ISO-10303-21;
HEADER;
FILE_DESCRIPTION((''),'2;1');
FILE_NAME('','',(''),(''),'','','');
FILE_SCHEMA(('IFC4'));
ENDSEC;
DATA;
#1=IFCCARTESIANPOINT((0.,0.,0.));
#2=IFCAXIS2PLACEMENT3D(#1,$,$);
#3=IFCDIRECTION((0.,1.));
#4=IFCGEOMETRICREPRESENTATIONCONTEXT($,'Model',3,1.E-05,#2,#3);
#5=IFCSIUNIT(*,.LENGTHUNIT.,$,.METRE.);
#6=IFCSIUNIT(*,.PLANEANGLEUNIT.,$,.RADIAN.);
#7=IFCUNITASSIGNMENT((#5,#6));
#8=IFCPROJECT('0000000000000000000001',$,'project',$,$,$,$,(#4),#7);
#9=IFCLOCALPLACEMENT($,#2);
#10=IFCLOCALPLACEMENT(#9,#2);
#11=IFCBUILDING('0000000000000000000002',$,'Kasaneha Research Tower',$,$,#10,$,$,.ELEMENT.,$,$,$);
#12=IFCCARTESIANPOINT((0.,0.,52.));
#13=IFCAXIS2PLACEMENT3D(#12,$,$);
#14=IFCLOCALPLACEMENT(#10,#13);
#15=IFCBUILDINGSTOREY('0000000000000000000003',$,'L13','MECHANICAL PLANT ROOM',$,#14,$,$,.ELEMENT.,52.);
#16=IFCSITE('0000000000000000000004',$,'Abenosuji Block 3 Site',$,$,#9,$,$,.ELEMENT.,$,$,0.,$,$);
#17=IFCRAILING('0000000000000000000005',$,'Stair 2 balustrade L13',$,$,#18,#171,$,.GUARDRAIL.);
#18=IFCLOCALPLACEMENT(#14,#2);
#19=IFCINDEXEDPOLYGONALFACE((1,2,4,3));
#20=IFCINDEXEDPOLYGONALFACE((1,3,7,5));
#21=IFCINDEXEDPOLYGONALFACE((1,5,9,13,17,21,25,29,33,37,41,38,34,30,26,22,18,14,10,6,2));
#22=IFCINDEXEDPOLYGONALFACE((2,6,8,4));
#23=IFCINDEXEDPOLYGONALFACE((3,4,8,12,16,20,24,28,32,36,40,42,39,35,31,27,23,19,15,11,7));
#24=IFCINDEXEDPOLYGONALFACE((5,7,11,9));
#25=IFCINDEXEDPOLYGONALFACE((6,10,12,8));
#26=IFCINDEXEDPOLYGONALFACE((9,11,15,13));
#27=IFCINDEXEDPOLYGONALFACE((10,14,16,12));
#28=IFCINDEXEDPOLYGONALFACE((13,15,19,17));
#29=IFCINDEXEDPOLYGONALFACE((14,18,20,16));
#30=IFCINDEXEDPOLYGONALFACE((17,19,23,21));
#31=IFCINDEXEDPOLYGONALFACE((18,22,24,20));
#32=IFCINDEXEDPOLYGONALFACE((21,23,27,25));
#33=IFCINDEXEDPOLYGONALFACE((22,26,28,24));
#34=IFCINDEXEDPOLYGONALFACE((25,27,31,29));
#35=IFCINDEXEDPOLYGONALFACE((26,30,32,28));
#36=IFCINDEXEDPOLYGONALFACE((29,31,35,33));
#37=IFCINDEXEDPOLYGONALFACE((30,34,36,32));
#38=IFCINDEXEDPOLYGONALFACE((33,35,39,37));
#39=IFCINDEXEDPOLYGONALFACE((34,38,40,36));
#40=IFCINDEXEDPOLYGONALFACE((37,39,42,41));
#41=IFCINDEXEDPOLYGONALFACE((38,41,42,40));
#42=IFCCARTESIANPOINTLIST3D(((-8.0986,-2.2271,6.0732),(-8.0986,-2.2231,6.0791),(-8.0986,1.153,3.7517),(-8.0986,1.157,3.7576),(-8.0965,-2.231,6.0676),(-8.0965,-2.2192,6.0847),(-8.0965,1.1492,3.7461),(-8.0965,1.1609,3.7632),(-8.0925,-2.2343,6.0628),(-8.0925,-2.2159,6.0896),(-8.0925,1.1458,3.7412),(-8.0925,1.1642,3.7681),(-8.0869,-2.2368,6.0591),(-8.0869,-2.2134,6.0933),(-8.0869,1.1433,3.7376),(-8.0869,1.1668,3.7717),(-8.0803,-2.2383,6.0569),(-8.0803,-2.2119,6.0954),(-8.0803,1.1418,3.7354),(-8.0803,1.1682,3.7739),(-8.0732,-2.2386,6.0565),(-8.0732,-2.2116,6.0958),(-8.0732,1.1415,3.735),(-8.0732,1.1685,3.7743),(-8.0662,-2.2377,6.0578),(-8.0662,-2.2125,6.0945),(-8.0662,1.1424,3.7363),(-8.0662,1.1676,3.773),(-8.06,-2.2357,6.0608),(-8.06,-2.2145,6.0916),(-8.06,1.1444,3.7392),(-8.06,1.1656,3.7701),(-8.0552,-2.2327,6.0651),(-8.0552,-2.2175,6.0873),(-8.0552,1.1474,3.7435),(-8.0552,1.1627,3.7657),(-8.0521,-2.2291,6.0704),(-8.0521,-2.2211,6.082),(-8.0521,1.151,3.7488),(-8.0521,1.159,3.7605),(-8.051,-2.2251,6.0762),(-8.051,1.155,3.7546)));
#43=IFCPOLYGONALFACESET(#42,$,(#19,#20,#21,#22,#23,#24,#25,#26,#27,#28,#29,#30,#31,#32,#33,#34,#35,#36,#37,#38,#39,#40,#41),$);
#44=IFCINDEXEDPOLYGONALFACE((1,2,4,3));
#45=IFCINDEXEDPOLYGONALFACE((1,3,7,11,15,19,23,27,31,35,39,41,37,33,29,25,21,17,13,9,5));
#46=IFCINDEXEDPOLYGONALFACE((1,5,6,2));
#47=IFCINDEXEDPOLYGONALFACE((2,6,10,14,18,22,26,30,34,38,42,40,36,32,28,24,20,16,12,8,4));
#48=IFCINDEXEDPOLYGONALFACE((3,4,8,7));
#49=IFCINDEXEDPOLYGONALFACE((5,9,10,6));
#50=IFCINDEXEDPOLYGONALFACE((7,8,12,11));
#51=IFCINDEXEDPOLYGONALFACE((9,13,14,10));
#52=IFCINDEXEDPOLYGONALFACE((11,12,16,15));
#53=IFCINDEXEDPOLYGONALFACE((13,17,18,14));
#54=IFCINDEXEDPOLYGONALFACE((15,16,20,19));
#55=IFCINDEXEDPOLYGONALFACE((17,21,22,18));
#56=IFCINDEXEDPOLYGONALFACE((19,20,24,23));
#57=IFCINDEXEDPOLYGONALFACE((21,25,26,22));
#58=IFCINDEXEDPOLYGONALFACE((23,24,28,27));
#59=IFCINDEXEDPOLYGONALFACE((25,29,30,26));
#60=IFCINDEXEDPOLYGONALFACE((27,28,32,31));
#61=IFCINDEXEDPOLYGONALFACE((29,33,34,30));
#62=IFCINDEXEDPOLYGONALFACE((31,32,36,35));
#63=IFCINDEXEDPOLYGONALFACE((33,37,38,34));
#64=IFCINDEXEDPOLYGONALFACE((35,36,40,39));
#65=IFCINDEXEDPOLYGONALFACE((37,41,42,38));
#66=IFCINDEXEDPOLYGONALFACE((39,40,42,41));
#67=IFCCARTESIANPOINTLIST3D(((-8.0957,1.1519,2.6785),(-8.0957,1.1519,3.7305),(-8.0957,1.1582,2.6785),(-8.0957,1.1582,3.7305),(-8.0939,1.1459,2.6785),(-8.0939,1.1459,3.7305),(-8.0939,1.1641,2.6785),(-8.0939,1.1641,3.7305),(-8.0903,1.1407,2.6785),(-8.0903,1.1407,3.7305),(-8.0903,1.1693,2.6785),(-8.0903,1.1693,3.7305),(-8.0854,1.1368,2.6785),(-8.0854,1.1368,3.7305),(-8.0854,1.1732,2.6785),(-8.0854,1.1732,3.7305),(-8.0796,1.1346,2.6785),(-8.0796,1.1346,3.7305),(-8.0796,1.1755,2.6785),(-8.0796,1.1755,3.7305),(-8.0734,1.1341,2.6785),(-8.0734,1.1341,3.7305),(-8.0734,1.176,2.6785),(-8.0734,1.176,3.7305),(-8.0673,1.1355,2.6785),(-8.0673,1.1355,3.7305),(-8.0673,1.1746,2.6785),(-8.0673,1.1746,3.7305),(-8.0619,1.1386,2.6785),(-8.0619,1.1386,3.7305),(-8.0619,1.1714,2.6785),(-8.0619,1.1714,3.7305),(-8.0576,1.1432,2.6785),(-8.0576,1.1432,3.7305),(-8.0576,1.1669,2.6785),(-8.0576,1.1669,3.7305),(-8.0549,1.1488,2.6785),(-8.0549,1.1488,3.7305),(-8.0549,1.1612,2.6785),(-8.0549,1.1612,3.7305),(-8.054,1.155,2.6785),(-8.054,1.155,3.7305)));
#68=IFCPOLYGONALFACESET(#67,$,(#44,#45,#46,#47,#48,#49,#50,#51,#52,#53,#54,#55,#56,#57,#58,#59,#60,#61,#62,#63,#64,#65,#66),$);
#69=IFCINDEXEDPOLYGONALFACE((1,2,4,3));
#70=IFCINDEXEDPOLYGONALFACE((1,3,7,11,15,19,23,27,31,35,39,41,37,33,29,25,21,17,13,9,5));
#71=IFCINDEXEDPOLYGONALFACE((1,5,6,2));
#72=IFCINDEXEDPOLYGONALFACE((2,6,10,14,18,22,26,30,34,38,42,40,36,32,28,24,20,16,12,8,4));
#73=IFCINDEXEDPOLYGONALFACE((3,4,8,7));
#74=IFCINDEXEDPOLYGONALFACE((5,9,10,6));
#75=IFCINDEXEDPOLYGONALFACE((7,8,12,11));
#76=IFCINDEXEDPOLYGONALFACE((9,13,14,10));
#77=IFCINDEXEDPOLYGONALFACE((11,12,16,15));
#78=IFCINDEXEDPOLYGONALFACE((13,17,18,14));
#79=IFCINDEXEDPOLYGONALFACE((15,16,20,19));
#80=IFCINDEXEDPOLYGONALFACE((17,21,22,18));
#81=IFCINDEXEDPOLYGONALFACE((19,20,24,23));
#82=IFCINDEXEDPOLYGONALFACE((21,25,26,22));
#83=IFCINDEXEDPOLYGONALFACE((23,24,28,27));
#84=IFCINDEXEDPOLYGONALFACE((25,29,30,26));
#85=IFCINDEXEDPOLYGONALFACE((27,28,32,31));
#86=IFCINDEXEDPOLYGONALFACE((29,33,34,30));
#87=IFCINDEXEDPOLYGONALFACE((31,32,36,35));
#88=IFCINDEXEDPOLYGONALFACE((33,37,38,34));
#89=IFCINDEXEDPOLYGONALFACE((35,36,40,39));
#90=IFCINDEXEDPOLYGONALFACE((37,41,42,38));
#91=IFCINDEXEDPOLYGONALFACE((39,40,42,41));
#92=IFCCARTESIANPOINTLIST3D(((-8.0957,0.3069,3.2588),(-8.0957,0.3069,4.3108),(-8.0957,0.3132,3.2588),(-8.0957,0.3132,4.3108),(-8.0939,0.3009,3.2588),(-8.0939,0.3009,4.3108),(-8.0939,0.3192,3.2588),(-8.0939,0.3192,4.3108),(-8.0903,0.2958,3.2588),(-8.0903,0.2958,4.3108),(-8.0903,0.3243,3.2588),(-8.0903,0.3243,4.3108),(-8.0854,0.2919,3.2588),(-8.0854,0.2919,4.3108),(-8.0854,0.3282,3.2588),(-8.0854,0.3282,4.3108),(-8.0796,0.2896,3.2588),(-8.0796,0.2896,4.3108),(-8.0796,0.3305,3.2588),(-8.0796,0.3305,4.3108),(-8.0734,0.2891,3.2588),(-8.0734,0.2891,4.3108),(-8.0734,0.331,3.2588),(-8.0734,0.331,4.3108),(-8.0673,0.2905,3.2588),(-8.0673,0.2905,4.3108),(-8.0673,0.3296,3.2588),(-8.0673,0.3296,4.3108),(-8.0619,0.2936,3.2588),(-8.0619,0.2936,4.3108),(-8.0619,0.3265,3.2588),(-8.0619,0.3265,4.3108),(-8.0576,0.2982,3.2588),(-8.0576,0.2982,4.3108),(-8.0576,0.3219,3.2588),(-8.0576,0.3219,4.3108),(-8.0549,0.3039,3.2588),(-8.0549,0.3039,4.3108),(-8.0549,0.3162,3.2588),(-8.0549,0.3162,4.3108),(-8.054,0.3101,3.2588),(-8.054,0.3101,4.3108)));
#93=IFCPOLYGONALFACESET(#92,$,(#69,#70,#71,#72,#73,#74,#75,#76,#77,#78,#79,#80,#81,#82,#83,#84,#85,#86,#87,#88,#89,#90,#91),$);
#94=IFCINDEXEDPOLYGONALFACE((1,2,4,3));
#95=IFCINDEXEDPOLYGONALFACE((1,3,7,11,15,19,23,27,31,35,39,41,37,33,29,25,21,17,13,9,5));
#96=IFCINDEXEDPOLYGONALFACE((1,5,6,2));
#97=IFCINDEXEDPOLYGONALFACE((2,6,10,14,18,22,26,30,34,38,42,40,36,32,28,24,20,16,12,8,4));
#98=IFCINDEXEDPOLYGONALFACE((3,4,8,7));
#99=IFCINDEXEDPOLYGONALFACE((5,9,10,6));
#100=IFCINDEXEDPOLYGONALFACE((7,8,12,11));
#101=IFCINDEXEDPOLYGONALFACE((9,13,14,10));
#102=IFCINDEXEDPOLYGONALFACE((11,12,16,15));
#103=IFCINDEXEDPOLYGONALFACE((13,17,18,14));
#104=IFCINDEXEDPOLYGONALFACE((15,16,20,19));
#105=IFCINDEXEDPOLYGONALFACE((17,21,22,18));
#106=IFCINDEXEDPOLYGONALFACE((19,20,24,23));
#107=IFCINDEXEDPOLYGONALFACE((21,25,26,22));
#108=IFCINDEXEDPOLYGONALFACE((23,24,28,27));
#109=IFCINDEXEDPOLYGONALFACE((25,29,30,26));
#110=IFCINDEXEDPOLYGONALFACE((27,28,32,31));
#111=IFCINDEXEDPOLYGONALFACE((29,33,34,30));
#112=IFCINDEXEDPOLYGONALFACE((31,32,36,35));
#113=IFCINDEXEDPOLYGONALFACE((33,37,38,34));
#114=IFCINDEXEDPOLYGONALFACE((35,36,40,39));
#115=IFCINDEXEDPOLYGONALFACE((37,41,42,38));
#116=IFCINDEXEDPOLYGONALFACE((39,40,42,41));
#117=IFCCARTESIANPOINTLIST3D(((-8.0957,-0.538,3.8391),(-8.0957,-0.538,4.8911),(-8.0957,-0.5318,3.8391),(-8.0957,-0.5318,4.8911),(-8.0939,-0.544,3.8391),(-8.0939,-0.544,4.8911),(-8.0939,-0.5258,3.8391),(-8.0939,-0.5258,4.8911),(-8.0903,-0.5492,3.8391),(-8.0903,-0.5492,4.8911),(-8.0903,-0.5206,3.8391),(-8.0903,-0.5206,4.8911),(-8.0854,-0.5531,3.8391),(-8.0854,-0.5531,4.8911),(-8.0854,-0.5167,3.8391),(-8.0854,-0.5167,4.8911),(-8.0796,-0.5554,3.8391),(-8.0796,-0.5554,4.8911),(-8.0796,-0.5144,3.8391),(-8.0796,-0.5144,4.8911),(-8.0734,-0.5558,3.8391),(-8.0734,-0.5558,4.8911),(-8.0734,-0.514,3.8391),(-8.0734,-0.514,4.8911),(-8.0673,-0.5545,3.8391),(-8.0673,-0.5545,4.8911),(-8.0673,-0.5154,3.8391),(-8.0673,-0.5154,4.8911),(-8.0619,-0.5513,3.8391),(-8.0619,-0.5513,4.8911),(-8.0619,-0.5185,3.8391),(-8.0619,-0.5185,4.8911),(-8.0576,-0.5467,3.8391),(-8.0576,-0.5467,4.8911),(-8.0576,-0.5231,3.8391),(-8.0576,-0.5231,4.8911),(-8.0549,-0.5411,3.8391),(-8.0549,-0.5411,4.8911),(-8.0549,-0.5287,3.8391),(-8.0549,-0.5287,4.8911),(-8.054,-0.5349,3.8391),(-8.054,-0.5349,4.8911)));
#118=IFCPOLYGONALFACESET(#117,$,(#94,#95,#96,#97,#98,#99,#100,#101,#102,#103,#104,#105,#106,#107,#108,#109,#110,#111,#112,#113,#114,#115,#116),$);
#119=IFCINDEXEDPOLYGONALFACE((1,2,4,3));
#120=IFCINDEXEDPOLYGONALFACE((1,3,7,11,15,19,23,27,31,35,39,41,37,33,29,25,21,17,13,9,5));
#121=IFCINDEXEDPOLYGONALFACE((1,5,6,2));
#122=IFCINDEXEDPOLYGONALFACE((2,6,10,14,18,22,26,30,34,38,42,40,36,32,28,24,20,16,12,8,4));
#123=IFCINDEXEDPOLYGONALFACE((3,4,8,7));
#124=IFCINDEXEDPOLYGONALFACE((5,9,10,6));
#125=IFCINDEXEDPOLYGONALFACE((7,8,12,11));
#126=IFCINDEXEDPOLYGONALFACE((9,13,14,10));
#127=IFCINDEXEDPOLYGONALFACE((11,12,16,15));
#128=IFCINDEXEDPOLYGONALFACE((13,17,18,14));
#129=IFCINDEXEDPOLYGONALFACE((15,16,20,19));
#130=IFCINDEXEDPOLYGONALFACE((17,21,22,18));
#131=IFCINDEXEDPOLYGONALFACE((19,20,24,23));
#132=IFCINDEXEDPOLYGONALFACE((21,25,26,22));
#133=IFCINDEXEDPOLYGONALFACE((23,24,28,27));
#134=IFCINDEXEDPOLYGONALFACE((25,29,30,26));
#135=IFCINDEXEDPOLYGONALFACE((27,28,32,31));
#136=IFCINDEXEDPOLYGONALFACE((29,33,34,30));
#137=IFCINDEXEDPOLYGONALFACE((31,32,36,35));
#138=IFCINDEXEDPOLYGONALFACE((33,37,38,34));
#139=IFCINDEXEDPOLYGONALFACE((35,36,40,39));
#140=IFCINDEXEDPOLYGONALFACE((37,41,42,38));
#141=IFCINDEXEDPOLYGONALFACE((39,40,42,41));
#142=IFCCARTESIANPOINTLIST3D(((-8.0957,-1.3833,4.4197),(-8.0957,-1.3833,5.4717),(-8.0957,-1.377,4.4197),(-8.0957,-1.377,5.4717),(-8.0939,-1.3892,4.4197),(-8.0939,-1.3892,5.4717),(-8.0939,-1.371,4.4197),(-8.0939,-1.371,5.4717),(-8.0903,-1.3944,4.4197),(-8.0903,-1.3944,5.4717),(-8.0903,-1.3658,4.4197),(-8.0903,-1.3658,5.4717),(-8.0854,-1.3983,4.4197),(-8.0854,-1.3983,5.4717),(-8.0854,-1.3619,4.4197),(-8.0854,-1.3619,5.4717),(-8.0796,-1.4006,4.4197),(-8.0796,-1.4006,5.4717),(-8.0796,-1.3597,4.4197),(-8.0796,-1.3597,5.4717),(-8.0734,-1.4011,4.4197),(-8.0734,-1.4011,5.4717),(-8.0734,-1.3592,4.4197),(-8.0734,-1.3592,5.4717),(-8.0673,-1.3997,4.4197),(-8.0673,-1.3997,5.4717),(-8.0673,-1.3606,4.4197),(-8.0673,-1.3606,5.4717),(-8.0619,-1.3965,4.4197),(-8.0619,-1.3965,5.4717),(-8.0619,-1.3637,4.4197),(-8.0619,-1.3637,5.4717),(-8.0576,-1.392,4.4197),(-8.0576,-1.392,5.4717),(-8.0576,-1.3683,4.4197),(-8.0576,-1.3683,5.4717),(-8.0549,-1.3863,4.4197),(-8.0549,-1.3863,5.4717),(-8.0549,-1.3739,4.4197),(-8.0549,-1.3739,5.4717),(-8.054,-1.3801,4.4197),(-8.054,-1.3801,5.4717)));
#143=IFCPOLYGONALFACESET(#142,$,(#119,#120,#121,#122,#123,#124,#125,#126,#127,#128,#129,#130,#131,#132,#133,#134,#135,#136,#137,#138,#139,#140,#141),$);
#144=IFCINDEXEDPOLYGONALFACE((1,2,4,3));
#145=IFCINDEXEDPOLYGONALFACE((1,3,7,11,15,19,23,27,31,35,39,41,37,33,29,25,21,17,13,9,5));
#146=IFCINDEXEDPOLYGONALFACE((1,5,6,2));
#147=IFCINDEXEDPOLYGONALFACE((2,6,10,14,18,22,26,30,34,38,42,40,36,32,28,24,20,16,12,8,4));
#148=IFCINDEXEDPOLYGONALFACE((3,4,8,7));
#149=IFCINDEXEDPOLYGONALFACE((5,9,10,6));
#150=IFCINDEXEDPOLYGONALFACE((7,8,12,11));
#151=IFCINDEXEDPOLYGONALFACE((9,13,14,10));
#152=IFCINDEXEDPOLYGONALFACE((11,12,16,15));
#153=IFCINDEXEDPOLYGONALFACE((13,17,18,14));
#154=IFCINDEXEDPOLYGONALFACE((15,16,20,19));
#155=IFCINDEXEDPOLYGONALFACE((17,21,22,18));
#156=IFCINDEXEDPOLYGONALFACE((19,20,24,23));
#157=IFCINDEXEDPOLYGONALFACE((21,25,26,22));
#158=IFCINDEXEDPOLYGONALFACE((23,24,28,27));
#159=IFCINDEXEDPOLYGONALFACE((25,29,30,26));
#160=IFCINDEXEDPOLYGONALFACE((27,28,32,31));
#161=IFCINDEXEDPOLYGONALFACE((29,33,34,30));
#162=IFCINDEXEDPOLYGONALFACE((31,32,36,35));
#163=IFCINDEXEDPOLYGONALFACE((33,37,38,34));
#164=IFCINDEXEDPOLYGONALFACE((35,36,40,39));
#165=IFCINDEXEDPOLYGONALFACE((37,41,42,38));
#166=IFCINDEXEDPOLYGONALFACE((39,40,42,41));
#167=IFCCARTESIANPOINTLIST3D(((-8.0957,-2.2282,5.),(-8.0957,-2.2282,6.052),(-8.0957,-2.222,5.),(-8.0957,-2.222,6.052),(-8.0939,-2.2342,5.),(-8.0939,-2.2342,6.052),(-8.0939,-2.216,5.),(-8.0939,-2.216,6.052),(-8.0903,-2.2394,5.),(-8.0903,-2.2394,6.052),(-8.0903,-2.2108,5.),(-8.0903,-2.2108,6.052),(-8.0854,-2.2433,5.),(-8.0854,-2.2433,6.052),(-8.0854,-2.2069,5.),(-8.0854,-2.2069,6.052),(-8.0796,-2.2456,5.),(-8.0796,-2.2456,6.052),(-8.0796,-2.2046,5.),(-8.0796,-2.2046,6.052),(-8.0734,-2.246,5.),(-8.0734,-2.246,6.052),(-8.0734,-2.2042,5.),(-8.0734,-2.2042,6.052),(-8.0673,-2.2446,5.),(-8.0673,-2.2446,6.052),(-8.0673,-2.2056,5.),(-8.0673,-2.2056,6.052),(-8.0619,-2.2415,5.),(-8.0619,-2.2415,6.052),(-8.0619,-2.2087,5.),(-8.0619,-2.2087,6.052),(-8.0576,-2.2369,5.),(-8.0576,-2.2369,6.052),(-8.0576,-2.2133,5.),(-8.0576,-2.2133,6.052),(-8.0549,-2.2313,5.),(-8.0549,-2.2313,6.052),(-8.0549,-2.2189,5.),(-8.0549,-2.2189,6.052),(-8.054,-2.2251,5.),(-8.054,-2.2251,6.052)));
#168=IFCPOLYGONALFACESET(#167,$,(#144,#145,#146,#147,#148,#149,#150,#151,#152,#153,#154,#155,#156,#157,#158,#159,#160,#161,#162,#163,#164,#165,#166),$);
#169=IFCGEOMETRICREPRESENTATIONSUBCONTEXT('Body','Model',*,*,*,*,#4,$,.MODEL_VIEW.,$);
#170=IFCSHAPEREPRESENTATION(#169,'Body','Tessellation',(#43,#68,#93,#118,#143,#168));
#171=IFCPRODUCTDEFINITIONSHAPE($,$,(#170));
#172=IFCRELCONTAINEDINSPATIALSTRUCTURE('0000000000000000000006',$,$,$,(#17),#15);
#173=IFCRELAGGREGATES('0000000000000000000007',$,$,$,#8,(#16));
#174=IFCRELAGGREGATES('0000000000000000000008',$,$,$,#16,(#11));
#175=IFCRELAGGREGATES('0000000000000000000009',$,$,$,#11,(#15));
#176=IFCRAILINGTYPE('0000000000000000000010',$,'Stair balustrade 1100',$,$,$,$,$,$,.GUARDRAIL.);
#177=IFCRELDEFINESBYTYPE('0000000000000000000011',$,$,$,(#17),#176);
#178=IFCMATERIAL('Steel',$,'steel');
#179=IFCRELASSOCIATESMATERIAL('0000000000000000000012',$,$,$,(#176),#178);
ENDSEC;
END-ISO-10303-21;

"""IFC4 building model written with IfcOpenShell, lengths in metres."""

from ifc_helpers import new_model, si_unit, direction, frame, origin, origin_2d, place, context, subcontext, project, spatial, circle, extrude, material, type_object, element, save


model = new_model("IFC4")

# Units and contexts
model_context = context("Model", 3, precision=1e-05, world=origin(), true_north=direction((0.0, 1.0)))
body_context = subcontext(model_context, "Body", "Model", "MODEL_VIEW")
ifc_project = project(units=[si_unit("LENGTHUNIT", "METRE"), si_unit("PLANEANGLEUNIT", "RADIAN")], contexts=[model_context])

# Site, building, storey
site_placement = place(None, origin())
site = spatial("IfcSite", under=ifc_project, at=site_placement, Name="Abenosuji Block 3 Site", CompositionType="ELEMENT", RefElevation=0.0)
building_placement = place(site_placement, origin())
building = spatial("IfcBuilding", under=site, at=building_placement, Name="Kasaneha Research Tower", CompositionType="ELEMENT")
storey_placement = place(building_placement, frame((0.0, 0.0, 52.0)))
storey = spatial("IfcBuildingStorey", under=building, at=storey_placement, Name="L13", Description="MECHANICAL PLANT ROOM", CompositionType="ELEMENT", Elevation=52.0)

# Railing
ifc_material_1 = material(Name="Steel", Category="steel")
railing_type_1 = type_object("IfcRailingType", Name="Stair balustrade 1100", PredefinedType="GUARDRAIL", material=ifc_material_1)
railing_1_placement = place(storey_placement, frame((-8.075, 1.155, 2.6785)))
element("IfcRailing", 1, at=railing_1_placement, inside=storey, type_object=railing_type_1, Name="Stair 2 balustrade L13", PredefinedType="GUARDRAIL", context=body_context, shape_type="SweptSolid", body=[
    extrude(circle(Radius=0.0239, at=origin_2d()), frame((0.0, 0.0, 1.0762), z_axis=(0.0, -0.824304, 0.566147), x_axis=(1.0, 0.0, 0.0)), (0.0, 0.0, 1.0), 4.1006),
    extrude(circle(Radius=0.021, at=origin_2d()), origin(), (0.0, 0.0, 1.0), 1.052),
    extrude(circle(Radius=0.021, at=origin_2d()), frame((0.0, -0.845, 0.5803)), (0.0, 0.0, 1.0), 1.052),
    extrude(circle(Radius=0.021, at=origin_2d()), frame((0.0, -1.6899, 1.1606)), (0.0, 0.0, 1.0), 1.052),
    extrude(circle(Radius=0.021, at=origin_2d()), frame((0.0, -2.5352, 1.7412)), (0.0, 0.0, 1.0), 1.052),
    extrude(circle(Radius=0.021, at=origin_2d()), frame((0.0, -3.3801, 2.3215)), (0.0, 0.0, 1.0), 1.052),
])

save(model, "model.ifc")
